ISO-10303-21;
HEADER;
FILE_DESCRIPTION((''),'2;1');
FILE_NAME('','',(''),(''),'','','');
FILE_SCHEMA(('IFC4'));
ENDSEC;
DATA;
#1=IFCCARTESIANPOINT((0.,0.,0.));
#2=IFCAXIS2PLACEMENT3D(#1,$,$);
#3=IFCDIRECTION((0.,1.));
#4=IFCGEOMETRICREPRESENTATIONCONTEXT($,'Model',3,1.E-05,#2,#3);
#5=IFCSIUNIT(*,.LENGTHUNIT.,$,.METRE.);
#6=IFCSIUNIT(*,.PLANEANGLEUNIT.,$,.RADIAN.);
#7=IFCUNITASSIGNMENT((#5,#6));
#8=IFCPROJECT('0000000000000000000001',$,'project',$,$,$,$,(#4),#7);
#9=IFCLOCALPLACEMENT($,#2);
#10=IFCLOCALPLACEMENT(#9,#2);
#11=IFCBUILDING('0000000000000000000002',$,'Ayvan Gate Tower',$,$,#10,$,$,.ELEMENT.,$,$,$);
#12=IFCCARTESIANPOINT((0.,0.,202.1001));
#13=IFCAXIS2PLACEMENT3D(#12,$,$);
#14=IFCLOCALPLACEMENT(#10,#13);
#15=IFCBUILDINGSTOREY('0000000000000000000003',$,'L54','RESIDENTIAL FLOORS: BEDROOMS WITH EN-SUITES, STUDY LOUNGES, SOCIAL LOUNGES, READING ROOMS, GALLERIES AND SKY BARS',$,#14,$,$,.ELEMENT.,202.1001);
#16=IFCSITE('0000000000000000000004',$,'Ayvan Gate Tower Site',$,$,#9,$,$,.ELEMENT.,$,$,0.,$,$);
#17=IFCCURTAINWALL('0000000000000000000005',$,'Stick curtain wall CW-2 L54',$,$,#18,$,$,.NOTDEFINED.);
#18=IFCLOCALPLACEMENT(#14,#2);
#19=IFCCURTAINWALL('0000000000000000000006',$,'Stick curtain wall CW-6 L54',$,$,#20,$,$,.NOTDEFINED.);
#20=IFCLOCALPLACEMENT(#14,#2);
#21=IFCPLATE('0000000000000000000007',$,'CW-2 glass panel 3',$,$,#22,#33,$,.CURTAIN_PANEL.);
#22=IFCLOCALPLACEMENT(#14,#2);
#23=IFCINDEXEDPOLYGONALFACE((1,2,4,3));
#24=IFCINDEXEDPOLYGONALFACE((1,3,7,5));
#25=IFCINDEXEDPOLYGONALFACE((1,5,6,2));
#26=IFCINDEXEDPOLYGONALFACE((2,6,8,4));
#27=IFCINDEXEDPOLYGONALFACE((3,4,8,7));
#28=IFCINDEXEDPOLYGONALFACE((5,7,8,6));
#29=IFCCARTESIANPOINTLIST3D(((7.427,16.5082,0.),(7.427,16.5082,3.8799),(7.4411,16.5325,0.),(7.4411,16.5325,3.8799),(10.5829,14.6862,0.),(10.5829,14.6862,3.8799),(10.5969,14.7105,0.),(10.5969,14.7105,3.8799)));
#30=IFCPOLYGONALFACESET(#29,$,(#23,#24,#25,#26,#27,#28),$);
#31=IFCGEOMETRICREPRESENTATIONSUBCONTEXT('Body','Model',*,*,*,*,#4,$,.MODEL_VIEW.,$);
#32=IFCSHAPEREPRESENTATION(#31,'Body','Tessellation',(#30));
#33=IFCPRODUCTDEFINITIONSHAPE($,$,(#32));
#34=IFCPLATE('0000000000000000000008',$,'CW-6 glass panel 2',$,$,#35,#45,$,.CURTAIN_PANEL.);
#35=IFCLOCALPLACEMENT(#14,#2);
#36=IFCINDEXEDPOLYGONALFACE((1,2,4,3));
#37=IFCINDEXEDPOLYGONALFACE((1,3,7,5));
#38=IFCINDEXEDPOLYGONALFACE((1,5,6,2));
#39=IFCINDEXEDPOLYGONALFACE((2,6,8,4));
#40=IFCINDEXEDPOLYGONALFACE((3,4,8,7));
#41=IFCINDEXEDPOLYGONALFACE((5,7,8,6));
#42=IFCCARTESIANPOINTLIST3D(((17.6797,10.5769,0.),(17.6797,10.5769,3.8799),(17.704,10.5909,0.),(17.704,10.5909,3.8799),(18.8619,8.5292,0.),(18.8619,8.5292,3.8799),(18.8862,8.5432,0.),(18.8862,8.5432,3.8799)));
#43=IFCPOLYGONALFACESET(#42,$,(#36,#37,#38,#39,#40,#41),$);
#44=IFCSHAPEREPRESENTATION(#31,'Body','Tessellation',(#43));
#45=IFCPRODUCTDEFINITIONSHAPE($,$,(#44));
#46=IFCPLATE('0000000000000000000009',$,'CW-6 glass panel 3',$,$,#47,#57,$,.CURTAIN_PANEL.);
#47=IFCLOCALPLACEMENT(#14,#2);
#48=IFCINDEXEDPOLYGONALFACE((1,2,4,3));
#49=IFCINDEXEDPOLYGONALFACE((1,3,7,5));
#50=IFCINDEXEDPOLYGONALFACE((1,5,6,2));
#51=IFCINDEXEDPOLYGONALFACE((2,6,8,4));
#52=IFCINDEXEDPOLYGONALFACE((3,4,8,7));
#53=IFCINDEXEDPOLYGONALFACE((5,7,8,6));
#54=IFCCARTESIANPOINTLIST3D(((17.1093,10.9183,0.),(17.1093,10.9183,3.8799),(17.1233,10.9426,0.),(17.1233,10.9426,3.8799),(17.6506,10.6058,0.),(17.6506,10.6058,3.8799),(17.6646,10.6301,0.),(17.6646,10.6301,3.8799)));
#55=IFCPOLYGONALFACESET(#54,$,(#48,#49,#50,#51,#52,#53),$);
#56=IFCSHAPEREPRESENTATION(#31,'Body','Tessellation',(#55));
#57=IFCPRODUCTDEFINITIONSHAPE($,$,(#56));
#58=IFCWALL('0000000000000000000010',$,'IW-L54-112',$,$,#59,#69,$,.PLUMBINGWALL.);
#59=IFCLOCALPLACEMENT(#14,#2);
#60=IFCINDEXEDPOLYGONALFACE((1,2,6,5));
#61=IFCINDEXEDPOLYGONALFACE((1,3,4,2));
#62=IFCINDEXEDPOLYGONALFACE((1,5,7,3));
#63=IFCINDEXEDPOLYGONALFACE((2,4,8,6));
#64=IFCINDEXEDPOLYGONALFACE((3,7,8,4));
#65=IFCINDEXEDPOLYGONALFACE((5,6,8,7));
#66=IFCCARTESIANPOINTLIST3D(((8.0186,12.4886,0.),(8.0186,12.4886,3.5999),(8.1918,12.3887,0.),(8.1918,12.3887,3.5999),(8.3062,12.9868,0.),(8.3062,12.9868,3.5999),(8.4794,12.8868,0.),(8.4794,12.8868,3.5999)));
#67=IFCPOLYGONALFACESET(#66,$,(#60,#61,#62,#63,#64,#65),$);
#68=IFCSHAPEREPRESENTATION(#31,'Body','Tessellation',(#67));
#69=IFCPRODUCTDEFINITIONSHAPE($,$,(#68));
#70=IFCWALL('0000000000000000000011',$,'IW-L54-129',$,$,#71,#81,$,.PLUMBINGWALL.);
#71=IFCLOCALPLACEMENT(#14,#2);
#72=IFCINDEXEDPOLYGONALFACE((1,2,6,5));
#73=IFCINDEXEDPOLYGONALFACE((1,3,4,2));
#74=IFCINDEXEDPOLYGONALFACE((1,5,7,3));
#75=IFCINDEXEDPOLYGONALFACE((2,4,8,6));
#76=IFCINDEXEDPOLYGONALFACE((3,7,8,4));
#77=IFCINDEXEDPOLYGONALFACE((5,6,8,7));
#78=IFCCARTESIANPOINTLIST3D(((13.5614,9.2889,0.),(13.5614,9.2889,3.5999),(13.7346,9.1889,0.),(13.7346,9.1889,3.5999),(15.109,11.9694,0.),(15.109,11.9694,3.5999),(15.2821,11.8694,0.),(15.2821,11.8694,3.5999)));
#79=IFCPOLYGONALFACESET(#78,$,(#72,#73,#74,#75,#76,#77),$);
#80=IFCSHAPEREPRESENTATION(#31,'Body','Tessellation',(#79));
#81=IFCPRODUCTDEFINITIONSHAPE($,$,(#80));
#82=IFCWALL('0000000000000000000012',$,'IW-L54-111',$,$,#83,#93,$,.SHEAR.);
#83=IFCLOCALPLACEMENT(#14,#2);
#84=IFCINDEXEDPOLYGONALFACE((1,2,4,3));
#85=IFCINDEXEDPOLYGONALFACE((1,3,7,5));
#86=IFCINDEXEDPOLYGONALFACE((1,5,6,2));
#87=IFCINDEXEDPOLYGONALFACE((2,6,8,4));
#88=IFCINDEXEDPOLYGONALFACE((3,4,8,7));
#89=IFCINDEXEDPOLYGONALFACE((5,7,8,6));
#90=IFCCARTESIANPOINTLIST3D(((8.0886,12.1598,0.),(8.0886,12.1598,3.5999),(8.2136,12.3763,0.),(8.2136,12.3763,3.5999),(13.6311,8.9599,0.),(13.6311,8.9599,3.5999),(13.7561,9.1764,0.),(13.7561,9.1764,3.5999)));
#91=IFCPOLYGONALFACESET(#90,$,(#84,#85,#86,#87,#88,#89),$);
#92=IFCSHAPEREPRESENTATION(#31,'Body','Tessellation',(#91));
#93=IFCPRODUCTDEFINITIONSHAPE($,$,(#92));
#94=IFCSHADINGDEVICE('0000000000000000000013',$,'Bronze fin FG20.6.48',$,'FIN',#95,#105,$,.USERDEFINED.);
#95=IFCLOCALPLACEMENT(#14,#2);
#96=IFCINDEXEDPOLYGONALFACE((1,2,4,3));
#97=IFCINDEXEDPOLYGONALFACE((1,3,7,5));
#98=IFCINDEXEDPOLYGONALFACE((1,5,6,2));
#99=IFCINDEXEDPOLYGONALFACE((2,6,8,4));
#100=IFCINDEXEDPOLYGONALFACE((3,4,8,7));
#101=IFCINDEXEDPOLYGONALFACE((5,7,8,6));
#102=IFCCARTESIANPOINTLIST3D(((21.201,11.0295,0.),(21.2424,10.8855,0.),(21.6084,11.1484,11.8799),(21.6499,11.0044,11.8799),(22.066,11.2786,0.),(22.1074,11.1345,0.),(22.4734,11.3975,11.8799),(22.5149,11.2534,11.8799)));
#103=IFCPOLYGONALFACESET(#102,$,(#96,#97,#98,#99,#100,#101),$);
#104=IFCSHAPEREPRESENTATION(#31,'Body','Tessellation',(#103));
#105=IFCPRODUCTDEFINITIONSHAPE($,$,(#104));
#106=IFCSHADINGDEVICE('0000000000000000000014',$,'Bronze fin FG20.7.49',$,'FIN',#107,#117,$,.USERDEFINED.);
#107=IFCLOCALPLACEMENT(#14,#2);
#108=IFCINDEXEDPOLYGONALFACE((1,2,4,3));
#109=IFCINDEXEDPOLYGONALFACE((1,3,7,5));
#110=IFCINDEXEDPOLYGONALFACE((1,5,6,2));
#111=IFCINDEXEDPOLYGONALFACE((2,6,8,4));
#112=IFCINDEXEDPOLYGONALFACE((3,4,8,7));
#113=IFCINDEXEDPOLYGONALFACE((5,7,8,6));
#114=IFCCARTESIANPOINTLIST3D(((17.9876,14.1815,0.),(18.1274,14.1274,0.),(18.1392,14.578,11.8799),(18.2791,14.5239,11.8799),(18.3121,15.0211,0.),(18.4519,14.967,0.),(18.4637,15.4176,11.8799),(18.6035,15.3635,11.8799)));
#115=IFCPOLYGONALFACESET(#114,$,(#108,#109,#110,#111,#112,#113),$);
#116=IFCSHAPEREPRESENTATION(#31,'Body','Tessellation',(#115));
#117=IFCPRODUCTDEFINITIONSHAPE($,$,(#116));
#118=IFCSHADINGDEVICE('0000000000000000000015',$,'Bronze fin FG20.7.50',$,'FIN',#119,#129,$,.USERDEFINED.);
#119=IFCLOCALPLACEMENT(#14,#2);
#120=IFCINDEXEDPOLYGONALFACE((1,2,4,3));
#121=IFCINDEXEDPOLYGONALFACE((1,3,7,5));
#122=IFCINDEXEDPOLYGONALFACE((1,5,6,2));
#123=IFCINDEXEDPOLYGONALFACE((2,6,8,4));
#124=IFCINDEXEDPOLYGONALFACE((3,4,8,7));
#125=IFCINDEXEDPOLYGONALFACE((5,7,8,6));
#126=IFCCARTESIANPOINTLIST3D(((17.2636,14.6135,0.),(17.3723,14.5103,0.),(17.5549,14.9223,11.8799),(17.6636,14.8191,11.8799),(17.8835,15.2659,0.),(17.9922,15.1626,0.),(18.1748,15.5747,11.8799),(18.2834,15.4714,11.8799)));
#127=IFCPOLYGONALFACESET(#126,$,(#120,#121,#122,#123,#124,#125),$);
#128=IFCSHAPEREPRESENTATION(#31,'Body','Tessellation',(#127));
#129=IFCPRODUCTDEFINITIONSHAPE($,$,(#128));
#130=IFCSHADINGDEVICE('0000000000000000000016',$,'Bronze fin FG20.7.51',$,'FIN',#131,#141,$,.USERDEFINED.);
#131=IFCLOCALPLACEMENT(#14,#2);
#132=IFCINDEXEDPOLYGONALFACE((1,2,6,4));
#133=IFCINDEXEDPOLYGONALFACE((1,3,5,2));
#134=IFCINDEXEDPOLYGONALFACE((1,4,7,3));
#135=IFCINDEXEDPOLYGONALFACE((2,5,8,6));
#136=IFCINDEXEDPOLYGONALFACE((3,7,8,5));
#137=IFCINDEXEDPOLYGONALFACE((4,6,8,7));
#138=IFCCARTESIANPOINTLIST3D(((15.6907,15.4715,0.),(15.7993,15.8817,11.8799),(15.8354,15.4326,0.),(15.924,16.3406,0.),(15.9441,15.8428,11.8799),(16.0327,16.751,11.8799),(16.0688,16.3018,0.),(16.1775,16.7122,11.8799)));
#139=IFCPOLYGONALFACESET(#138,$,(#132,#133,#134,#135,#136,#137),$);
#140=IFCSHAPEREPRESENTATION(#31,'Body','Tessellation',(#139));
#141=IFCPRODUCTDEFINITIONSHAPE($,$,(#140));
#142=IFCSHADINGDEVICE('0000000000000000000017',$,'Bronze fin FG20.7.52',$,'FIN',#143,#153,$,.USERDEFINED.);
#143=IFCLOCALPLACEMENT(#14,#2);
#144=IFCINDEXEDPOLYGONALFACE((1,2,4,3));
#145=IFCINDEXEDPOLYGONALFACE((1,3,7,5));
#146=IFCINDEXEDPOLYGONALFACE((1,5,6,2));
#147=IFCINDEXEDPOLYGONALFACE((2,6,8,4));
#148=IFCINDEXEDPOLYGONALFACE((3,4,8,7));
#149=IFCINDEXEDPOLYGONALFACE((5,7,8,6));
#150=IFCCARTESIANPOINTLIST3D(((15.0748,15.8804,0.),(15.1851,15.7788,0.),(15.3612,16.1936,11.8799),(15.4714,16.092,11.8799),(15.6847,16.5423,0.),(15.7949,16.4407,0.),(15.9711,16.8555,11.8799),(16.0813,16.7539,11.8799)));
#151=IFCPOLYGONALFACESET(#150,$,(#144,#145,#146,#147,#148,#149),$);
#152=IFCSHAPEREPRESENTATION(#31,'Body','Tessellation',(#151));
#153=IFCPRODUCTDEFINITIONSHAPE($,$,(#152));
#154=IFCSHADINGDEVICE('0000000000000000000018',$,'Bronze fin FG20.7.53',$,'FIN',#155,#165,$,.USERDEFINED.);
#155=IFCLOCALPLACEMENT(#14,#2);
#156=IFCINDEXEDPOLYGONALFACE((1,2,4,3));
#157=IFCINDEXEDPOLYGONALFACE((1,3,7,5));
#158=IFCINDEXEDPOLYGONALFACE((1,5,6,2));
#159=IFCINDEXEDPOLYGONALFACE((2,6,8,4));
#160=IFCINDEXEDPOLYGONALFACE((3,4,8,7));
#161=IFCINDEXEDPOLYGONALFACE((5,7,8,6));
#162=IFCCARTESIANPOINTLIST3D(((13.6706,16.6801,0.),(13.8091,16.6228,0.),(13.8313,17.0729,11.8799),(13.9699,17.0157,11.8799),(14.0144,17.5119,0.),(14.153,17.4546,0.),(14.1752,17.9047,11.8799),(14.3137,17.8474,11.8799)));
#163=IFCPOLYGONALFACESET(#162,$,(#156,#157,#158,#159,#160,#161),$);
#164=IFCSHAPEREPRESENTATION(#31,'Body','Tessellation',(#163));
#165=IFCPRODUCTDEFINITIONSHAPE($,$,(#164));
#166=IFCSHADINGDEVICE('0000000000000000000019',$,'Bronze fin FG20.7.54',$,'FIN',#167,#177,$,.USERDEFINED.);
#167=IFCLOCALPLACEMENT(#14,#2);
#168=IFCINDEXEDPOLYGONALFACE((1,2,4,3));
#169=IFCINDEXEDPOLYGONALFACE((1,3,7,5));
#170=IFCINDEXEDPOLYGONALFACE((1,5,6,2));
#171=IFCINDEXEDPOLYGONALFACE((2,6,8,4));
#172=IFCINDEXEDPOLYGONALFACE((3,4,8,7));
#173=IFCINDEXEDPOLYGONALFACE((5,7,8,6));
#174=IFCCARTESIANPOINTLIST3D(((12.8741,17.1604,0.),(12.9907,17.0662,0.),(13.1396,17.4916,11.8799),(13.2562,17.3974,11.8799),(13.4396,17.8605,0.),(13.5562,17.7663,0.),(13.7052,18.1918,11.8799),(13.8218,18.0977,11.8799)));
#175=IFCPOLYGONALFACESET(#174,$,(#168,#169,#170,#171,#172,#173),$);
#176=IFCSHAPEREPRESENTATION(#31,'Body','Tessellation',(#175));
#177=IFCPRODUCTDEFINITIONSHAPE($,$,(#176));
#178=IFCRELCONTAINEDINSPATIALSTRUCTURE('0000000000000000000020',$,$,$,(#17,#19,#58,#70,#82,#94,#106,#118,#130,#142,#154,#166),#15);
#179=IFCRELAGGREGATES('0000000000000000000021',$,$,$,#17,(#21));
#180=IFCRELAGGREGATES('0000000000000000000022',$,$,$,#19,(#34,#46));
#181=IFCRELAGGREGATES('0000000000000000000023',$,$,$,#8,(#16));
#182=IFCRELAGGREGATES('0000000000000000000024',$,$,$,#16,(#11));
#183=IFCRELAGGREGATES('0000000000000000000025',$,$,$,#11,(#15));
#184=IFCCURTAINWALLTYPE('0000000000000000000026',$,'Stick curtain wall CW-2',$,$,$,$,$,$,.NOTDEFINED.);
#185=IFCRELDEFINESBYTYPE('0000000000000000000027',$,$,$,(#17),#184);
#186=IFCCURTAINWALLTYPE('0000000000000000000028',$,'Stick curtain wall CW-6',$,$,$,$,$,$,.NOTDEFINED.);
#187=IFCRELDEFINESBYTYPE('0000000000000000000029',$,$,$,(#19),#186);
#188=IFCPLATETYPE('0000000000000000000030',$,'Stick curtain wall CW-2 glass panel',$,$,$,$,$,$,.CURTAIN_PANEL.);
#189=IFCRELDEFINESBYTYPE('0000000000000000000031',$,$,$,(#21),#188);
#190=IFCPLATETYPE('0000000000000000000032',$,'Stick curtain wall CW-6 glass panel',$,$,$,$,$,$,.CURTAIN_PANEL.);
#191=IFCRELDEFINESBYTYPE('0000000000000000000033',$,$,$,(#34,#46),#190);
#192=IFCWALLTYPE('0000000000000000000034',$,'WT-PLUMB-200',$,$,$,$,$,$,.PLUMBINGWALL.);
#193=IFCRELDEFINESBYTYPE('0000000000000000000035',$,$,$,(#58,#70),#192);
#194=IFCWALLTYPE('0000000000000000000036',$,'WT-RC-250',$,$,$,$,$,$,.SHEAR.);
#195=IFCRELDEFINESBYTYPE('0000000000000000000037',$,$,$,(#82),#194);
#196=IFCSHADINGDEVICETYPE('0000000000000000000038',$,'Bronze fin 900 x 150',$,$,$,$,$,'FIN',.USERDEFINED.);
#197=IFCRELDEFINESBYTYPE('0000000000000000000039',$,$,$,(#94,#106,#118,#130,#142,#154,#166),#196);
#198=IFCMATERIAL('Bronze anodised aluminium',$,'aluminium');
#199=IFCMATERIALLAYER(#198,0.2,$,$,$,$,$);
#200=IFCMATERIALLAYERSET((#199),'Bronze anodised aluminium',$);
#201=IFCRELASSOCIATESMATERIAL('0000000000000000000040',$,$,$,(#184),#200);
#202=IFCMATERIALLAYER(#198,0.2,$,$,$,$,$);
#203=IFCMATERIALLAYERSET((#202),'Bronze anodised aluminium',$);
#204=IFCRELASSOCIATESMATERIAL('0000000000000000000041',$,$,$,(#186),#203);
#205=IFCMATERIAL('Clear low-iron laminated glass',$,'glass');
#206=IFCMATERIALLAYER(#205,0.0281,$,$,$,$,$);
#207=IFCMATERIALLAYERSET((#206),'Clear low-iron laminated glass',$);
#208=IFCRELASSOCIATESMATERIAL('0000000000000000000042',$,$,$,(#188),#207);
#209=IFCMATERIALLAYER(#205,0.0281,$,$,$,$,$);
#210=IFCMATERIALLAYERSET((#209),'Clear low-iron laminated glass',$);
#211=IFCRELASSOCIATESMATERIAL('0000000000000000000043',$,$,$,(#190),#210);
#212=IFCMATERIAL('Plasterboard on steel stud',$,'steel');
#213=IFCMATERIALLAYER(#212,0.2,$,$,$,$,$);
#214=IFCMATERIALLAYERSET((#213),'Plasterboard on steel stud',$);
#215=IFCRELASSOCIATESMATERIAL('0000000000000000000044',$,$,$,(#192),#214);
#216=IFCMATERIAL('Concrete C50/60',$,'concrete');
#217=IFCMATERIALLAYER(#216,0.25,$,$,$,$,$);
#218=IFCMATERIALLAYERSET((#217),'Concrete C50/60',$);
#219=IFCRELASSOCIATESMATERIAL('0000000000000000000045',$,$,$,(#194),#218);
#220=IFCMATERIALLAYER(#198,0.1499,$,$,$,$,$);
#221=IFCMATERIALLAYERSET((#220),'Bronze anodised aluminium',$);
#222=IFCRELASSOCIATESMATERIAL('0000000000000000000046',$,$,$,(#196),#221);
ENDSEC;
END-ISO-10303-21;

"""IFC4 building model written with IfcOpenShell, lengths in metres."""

from ifc_helpers import new_model, si_unit, direction, frame, frame_2d, origin, origin_2d, place, context, subcontext, project, spatial, polyline, rectangle, outline, extrude, material, layer, layer_set, type_object, element, aggregate, save


model = new_model("IFC4")

# Units and contexts
model_context = context("Model", 3, precision=1e-05, world=origin(), true_north=direction((0.0, 1.0)))
body_context = subcontext(model_context, "Body", "Model", "MODEL_VIEW")
ifc_project = project(units=[si_unit("LENGTHUNIT", "METRE"), si_unit("PLANEANGLEUNIT", "RADIAN")], contexts=[model_context])

# Site, building, storey
site_placement = place(None, origin())
site = spatial("IfcSite", under=ifc_project, at=site_placement, Name="Ayvan Gate Tower Site", CompositionType="ELEMENT", RefElevation=0.0)
building_placement = place(site_placement, origin())
building = spatial("IfcBuilding", under=site, at=building_placement, Name="Ayvan Gate Tower", CompositionType="ELEMENT")
storey_placement = place(building_placement, frame((0.0, 0.0, 202.1001)))
storey = spatial("IfcBuildingStorey", under=building, at=storey_placement, Name="L54", Description="RESIDENTIAL FLOORS: BEDROOMS WITH EN-SUITES, STUDY LOUNGES, SOCIAL LOUNGES, READING ROOMS, GALLERIES AND SKY BARS", CompositionType="ELEMENT", Elevation=202.1001)

# Curtain walls
ifc_material_1 = material(Name="Bronze anodised aluminium", Category="aluminium")
ifc_layer_1 = layer(ifc_material_1, 0.2)
ifc_layer_set_1 = layer_set([ifc_layer_1], Name="Bronze anodised aluminium")
curtain_wall_type_1 = type_object("IfcCurtainWallType", Name="Stick curtain wall CW-2", PredefinedType="NOTDEFINED", material=ifc_layer_set_1)
curtain_wall_1_placement = place(storey_placement, origin())
curtain_wall_1 = element("IfcCurtainWall", 1, at=curtain_wall_1_placement, inside=storey, type_object=curtain_wall_type_1, Name="Stick curtain wall CW-2 L54", PredefinedType="NOTDEFINED")
ifc_layer_2 = layer(ifc_material_1, 0.2)
ifc_layer_set_2 = layer_set([ifc_layer_2], Name="Bronze anodised aluminium")
curtain_wall_type_2 = type_object("IfcCurtainWallType", Name="Stick curtain wall CW-6", PredefinedType="NOTDEFINED", material=ifc_layer_set_2)
curtain_wall_2_placement = place(storey_placement, origin())
curtain_wall_2 = element("IfcCurtainWall", 2, at=curtain_wall_2_placement, inside=storey, type_object=curtain_wall_type_2, Name="Stick curtain wall CW-6 L54", PredefinedType="NOTDEFINED")

# Plates
ifc_material_2 = material(Name="Clear low-iron laminated glass", Category="glass")
ifc_layer_3 = layer(ifc_material_2, 0.0281)
ifc_layer_set_3 = layer_set([ifc_layer_3], Name="Clear low-iron laminated glass")
plate_type_1 = type_object("IfcPlateType", Name="Stick curtain wall CW-2 glass panel", PredefinedType="CURTAIN_PANEL", material=ifc_layer_set_3)
plate_1_placement = place(storey_placement, frame((9.012, 15.6094, 0.0), z_axis=(0.0, 0.0, 1.0), x_axis=(-0.866025, 0.5, 0.0)))
plate_1 = element("IfcPlate", 3, at=plate_1_placement, type_object=plate_type_1, Name="CW-2 glass panel 3", PredefinedType="CURTAIN_PANEL", context=body_context, shape_type="SweptSolid", body=[
    extrude(rectangle(XDim=3.644, YDim=0.0281, at=origin_2d()), origin(), (0.0, 0.0, 1.0), 3.8799),
])
aggregate(curtain_wall_1, [plate_1])
ifc_layer_4 = layer(ifc_material_2, 0.0281)
ifc_layer_set_4 = layer_set([ifc_layer_4], Name="Clear low-iron laminated glass")
plate_type_2 = type_object("IfcPlateType", Name="Stick curtain wall CW-6 glass panel", PredefinedType="CURTAIN_PANEL", material=ifc_layer_set_4)
plate_2_placement = place(storey_placement, frame((18.283, 9.5601, 0.0), z_axis=(0.0, 0.0, 1.0), x_axis=(-0.5, 0.866025, 0.0)))
plate_2 = element("IfcPlate", 4, at=plate_2_placement, type_object=plate_type_2, Name="CW-6 glass panel 2", PredefinedType="CURTAIN_PANEL", context=body_context, shape_type="SweptSolid", body=[
    extrude(rectangle(XDim=2.3645, YDim=0.0281, at=origin_2d()), origin(), (0.0, 0.0, 1.0), 3.8799),
])
plate_3_placement = place(storey_placement, frame((17.387, 10.7742, 0.0), z_axis=(0.0, 0.0, 1.0), x_axis=(-0.866025, 0.5, 0.0)))
plate_3 = element("IfcPlate", 5, at=plate_3_placement, type_object=plate_type_2, Name="CW-6 glass panel 3", PredefinedType="CURTAIN_PANEL", context=body_context, shape_type="SweptSolid", body=[
    extrude(rectangle(XDim=0.625, YDim=0.0281, at=origin_2d()), origin(), (0.0, 0.0, 1.0), 3.8799),
])
aggregate(curtain_wall_2, [plate_2, plate_3])

# Walls
ifc_material_3 = material(Name="Plasterboard on steel stud", Category="steel")
ifc_layer_5 = layer(ifc_material_3, 0.2)
ifc_layer_set_5 = layer_set([ifc_layer_5], Name="Plasterboard on steel stud")
wall_type_1 = type_object("IfcWallType", Name="WT-PLUMB-200", PredefinedType="PLUMBINGWALL", material=ifc_layer_set_5)
wall_1_placement = place(storey_placement, frame((8.3928, 12.9368, 0.0), z_axis=(0.0, 0.0, 1.0), x_axis=(-0.500065, -0.865988, 0.0)))
element("IfcWall", 6, at=wall_1_placement, inside=storey, type_object=wall_type_1, Name="IW-L54-112", PredefinedType="PLUMBINGWALL", context=body_context, shape_type="SweptSolid", body=[
    extrude(rectangle(XDim=0.5752, YDim=0.2, at=frame_2d((0.2876, 0.0))), origin(), (0.0, 0.0, 1.0), 3.5999),
])
wall_2_placement = place(storey_placement, frame((15.1956, 11.9194, 0.0), z_axis=(0.0, 0.0, 1.0), x_axis=(-0.499982, -0.866036, 0.0)))
element("IfcWall", 7, at=wall_2_placement, inside=storey, type_object=wall_type_1, Name="IW-L54-129", PredefinedType="PLUMBINGWALL", context=body_context, shape_type="SweptSolid", body=[
    extrude(rectangle(XDim=3.0952, YDim=0.2, at=frame_2d((1.5476, 0.0))), origin(), (0.0, 0.0, 1.0), 3.5999),
])
ifc_material_4 = material(Name="Concrete C50/60", Category="concrete")
ifc_layer_6 = layer(ifc_material_4, 0.25)
ifc_layer_set_6 = layer_set([ifc_layer_6], Name="Concrete C50/60")
wall_type_2 = type_object("IfcWallType", Name="WT-RC-250", PredefinedType="SHEAR", material=ifc_layer_set_6)
wall_3_placement = place(storey_placement, frame((8.1511, 12.2681, 0.0), z_axis=(0.0, 0.0, 1.0), x_axis=(0.866025, -0.5, 0.0)))
element("IfcWall", 8, at=wall_3_placement, inside=storey, type_object=wall_type_2, Name="IW-L54-111", PredefinedType="SHEAR", context=body_context, shape_type="SweptSolid", body=[
    extrude(rectangle(XDim=6.3999, YDim=0.25, at=frame_2d((3.2, 0.0))), origin(), (0.0, 0.0, 1.0), 3.5999),
])

# Shading devices
ifc_layer_7 = layer(ifc_material_1, 0.1499)
ifc_layer_set_7 = layer_set([ifc_layer_7], Name="Bronze anodised aluminium")
shading_device_type = type_object("IfcShadingDeviceType", Name="Bronze fin 900 x 150", ElementType="FIN", PredefinedType="USERDEFINED", material=ifc_layer_set_7)
shading_device_1_placement = place(storey_placement, frame((21.2424, 10.8855, 0.0), z_axis=(0.276655, -0.960969, 0.000129), x_axis=(0.960969, 0.276655, 0.0)))
element("IfcShadingDevice", 9, at=shading_device_1_placement, inside=storey, type_object=shading_device_type, Name="Bronze fin FG20.6.48", ObjectType="FIN", PredefinedType="USERDEFINED", context=body_context, shape_type="SweptSolid", body=[
    extrude(outline(polyline([(0.0, 0.0), (0.9001, 0.0), (1.3246, 11.8799), (0.4245, 11.8799), (0.0, 0.0)])), origin(), (0.0, 0.0, -1.0), 0.1499),
])
shading_device_2_placement = place(storey_placement, frame((18.1274, 14.1274, 0.0), z_axis=(0.932771, -0.360469, 0.000126), x_axis=(0.360469, 0.932771, 0.0)))
element("IfcShadingDevice", 10, at=shading_device_2_placement, inside=storey, type_object=shading_device_type, Name="Bronze fin FG20.7.49", ObjectType="FIN", PredefinedType="USERDEFINED", context=body_context, shape_type="SweptSolid", body=[
    extrude(outline(polyline([(0.0, 0.0), (0.9001, 0.0), (1.3246, 11.8799), (0.4245, 11.8799), (0.0, 0.0)])), origin(), (0.0, 0.0, -1.0), 0.1499),
])
shading_device_3_placement = place(storey_placement, frame((17.3723, 14.5103, 0.0), z_axis=(0.724918, -0.688835, 0.000135), x_axis=(0.688835, 0.724918, 0.0)))
element("IfcShadingDevice", 11, at=shading_device_3_placement, inside=storey, type_object=shading_device_type, Name="Bronze fin FG20.7.50", ObjectType="FIN", PredefinedType="USERDEFINED", context=body_context, shape_type="SweptSolid", body=[
    extrude(outline(polyline([(0.0, 0.0), (0.8999, 0.0), (1.3244, 11.8799), (0.4245, 11.8799), (0.0, 0.0)])), origin(), (0.0, 0.0, -1.0), 0.1499),
])
shading_device_4_placement = place(storey_placement, frame((15.8354, 15.4326, 0.0), z_axis=(0.965792, -0.259317, 0.000123), x_axis=(0.259317, 0.965792, 0.0)))
element("IfcShadingDevice", 12, at=shading_device_4_placement, inside=storey, type_object=shading_device_type, Name="Bronze fin FG20.7.51", ObjectType="FIN", PredefinedType="USERDEFINED", context=body_context, shape_type="SweptSolid", body=[
    extrude(outline(polyline([(0.0, 0.0), (0.8999, 0.0), (1.3245, 11.8799), (0.4243, 11.8799), (0.0, 0.0)])), origin(), (0.0, 0.0, -1.0), 0.1499),
])
shading_device_5_placement = place(storey_placement, frame((15.1851, 15.7788, 0.0), z_axis=(0.735406, -0.677626, 0.000139), x_axis=(0.677626, 0.735406, 0.0)))
element("IfcShadingDevice", 13, at=shading_device_5_placement, inside=storey, type_object=shading_device_type, Name="Bronze fin FG20.7.52", ObjectType="FIN", PredefinedType="USERDEFINED", context=body_context, shape_type="SweptSolid", body=[
    extrude(outline(polyline([(0.0, 0.0), (0.9, 0.0), (1.3244, 11.8799), (0.4244, 11.8799), (0.0, 0.0)])), origin(), (0.0, 0.0, -1.0), 0.1499),
])
shading_device_6_placement = place(storey_placement, frame((13.8091, 16.6228, 0.0), z_axis=(0.924141, -0.382052, 0.000127), x_axis=(0.382052, 0.924141, 0.0)))
element("IfcShadingDevice", 14, at=shading_device_6_placement, inside=storey, type_object=shading_device_type, Name="Bronze fin FG20.7.53", ObjectType="FIN", PredefinedType="USERDEFINED", context=body_context, shape_type="SweptSolid", body=[
    extrude(outline(polyline([(0.0, 0.0), (0.9001, 0.0), (1.3245, 11.8799), (0.4245, 11.8799), (0.0, 0.0)])), origin(), (0.0, 0.0, -1.0), 0.1499),
])
shading_device_7_placement = place(storey_placement, frame((12.9907, 17.0662, 0.0), z_axis=(0.777936, -0.628343, 0.000137), x_axis=(0.628343, 0.777936, 0.0)))
element("IfcShadingDevice", 15, at=shading_device_7_placement, inside=storey, type_object=shading_device_type, Name="Bronze fin FG20.7.54", ObjectType="FIN", PredefinedType="USERDEFINED", context=body_context, shape_type="SweptSolid", body=[
    extrude(outline(polyline([(0.0, 0.0), (0.9, 0.0), (1.3246, 11.8799), (0.4245, 11.8799), (0.0, 0.0)])), origin(), (0.0, 0.0, -1.0), 0.1499),
])

save(model, "model.ifc")
